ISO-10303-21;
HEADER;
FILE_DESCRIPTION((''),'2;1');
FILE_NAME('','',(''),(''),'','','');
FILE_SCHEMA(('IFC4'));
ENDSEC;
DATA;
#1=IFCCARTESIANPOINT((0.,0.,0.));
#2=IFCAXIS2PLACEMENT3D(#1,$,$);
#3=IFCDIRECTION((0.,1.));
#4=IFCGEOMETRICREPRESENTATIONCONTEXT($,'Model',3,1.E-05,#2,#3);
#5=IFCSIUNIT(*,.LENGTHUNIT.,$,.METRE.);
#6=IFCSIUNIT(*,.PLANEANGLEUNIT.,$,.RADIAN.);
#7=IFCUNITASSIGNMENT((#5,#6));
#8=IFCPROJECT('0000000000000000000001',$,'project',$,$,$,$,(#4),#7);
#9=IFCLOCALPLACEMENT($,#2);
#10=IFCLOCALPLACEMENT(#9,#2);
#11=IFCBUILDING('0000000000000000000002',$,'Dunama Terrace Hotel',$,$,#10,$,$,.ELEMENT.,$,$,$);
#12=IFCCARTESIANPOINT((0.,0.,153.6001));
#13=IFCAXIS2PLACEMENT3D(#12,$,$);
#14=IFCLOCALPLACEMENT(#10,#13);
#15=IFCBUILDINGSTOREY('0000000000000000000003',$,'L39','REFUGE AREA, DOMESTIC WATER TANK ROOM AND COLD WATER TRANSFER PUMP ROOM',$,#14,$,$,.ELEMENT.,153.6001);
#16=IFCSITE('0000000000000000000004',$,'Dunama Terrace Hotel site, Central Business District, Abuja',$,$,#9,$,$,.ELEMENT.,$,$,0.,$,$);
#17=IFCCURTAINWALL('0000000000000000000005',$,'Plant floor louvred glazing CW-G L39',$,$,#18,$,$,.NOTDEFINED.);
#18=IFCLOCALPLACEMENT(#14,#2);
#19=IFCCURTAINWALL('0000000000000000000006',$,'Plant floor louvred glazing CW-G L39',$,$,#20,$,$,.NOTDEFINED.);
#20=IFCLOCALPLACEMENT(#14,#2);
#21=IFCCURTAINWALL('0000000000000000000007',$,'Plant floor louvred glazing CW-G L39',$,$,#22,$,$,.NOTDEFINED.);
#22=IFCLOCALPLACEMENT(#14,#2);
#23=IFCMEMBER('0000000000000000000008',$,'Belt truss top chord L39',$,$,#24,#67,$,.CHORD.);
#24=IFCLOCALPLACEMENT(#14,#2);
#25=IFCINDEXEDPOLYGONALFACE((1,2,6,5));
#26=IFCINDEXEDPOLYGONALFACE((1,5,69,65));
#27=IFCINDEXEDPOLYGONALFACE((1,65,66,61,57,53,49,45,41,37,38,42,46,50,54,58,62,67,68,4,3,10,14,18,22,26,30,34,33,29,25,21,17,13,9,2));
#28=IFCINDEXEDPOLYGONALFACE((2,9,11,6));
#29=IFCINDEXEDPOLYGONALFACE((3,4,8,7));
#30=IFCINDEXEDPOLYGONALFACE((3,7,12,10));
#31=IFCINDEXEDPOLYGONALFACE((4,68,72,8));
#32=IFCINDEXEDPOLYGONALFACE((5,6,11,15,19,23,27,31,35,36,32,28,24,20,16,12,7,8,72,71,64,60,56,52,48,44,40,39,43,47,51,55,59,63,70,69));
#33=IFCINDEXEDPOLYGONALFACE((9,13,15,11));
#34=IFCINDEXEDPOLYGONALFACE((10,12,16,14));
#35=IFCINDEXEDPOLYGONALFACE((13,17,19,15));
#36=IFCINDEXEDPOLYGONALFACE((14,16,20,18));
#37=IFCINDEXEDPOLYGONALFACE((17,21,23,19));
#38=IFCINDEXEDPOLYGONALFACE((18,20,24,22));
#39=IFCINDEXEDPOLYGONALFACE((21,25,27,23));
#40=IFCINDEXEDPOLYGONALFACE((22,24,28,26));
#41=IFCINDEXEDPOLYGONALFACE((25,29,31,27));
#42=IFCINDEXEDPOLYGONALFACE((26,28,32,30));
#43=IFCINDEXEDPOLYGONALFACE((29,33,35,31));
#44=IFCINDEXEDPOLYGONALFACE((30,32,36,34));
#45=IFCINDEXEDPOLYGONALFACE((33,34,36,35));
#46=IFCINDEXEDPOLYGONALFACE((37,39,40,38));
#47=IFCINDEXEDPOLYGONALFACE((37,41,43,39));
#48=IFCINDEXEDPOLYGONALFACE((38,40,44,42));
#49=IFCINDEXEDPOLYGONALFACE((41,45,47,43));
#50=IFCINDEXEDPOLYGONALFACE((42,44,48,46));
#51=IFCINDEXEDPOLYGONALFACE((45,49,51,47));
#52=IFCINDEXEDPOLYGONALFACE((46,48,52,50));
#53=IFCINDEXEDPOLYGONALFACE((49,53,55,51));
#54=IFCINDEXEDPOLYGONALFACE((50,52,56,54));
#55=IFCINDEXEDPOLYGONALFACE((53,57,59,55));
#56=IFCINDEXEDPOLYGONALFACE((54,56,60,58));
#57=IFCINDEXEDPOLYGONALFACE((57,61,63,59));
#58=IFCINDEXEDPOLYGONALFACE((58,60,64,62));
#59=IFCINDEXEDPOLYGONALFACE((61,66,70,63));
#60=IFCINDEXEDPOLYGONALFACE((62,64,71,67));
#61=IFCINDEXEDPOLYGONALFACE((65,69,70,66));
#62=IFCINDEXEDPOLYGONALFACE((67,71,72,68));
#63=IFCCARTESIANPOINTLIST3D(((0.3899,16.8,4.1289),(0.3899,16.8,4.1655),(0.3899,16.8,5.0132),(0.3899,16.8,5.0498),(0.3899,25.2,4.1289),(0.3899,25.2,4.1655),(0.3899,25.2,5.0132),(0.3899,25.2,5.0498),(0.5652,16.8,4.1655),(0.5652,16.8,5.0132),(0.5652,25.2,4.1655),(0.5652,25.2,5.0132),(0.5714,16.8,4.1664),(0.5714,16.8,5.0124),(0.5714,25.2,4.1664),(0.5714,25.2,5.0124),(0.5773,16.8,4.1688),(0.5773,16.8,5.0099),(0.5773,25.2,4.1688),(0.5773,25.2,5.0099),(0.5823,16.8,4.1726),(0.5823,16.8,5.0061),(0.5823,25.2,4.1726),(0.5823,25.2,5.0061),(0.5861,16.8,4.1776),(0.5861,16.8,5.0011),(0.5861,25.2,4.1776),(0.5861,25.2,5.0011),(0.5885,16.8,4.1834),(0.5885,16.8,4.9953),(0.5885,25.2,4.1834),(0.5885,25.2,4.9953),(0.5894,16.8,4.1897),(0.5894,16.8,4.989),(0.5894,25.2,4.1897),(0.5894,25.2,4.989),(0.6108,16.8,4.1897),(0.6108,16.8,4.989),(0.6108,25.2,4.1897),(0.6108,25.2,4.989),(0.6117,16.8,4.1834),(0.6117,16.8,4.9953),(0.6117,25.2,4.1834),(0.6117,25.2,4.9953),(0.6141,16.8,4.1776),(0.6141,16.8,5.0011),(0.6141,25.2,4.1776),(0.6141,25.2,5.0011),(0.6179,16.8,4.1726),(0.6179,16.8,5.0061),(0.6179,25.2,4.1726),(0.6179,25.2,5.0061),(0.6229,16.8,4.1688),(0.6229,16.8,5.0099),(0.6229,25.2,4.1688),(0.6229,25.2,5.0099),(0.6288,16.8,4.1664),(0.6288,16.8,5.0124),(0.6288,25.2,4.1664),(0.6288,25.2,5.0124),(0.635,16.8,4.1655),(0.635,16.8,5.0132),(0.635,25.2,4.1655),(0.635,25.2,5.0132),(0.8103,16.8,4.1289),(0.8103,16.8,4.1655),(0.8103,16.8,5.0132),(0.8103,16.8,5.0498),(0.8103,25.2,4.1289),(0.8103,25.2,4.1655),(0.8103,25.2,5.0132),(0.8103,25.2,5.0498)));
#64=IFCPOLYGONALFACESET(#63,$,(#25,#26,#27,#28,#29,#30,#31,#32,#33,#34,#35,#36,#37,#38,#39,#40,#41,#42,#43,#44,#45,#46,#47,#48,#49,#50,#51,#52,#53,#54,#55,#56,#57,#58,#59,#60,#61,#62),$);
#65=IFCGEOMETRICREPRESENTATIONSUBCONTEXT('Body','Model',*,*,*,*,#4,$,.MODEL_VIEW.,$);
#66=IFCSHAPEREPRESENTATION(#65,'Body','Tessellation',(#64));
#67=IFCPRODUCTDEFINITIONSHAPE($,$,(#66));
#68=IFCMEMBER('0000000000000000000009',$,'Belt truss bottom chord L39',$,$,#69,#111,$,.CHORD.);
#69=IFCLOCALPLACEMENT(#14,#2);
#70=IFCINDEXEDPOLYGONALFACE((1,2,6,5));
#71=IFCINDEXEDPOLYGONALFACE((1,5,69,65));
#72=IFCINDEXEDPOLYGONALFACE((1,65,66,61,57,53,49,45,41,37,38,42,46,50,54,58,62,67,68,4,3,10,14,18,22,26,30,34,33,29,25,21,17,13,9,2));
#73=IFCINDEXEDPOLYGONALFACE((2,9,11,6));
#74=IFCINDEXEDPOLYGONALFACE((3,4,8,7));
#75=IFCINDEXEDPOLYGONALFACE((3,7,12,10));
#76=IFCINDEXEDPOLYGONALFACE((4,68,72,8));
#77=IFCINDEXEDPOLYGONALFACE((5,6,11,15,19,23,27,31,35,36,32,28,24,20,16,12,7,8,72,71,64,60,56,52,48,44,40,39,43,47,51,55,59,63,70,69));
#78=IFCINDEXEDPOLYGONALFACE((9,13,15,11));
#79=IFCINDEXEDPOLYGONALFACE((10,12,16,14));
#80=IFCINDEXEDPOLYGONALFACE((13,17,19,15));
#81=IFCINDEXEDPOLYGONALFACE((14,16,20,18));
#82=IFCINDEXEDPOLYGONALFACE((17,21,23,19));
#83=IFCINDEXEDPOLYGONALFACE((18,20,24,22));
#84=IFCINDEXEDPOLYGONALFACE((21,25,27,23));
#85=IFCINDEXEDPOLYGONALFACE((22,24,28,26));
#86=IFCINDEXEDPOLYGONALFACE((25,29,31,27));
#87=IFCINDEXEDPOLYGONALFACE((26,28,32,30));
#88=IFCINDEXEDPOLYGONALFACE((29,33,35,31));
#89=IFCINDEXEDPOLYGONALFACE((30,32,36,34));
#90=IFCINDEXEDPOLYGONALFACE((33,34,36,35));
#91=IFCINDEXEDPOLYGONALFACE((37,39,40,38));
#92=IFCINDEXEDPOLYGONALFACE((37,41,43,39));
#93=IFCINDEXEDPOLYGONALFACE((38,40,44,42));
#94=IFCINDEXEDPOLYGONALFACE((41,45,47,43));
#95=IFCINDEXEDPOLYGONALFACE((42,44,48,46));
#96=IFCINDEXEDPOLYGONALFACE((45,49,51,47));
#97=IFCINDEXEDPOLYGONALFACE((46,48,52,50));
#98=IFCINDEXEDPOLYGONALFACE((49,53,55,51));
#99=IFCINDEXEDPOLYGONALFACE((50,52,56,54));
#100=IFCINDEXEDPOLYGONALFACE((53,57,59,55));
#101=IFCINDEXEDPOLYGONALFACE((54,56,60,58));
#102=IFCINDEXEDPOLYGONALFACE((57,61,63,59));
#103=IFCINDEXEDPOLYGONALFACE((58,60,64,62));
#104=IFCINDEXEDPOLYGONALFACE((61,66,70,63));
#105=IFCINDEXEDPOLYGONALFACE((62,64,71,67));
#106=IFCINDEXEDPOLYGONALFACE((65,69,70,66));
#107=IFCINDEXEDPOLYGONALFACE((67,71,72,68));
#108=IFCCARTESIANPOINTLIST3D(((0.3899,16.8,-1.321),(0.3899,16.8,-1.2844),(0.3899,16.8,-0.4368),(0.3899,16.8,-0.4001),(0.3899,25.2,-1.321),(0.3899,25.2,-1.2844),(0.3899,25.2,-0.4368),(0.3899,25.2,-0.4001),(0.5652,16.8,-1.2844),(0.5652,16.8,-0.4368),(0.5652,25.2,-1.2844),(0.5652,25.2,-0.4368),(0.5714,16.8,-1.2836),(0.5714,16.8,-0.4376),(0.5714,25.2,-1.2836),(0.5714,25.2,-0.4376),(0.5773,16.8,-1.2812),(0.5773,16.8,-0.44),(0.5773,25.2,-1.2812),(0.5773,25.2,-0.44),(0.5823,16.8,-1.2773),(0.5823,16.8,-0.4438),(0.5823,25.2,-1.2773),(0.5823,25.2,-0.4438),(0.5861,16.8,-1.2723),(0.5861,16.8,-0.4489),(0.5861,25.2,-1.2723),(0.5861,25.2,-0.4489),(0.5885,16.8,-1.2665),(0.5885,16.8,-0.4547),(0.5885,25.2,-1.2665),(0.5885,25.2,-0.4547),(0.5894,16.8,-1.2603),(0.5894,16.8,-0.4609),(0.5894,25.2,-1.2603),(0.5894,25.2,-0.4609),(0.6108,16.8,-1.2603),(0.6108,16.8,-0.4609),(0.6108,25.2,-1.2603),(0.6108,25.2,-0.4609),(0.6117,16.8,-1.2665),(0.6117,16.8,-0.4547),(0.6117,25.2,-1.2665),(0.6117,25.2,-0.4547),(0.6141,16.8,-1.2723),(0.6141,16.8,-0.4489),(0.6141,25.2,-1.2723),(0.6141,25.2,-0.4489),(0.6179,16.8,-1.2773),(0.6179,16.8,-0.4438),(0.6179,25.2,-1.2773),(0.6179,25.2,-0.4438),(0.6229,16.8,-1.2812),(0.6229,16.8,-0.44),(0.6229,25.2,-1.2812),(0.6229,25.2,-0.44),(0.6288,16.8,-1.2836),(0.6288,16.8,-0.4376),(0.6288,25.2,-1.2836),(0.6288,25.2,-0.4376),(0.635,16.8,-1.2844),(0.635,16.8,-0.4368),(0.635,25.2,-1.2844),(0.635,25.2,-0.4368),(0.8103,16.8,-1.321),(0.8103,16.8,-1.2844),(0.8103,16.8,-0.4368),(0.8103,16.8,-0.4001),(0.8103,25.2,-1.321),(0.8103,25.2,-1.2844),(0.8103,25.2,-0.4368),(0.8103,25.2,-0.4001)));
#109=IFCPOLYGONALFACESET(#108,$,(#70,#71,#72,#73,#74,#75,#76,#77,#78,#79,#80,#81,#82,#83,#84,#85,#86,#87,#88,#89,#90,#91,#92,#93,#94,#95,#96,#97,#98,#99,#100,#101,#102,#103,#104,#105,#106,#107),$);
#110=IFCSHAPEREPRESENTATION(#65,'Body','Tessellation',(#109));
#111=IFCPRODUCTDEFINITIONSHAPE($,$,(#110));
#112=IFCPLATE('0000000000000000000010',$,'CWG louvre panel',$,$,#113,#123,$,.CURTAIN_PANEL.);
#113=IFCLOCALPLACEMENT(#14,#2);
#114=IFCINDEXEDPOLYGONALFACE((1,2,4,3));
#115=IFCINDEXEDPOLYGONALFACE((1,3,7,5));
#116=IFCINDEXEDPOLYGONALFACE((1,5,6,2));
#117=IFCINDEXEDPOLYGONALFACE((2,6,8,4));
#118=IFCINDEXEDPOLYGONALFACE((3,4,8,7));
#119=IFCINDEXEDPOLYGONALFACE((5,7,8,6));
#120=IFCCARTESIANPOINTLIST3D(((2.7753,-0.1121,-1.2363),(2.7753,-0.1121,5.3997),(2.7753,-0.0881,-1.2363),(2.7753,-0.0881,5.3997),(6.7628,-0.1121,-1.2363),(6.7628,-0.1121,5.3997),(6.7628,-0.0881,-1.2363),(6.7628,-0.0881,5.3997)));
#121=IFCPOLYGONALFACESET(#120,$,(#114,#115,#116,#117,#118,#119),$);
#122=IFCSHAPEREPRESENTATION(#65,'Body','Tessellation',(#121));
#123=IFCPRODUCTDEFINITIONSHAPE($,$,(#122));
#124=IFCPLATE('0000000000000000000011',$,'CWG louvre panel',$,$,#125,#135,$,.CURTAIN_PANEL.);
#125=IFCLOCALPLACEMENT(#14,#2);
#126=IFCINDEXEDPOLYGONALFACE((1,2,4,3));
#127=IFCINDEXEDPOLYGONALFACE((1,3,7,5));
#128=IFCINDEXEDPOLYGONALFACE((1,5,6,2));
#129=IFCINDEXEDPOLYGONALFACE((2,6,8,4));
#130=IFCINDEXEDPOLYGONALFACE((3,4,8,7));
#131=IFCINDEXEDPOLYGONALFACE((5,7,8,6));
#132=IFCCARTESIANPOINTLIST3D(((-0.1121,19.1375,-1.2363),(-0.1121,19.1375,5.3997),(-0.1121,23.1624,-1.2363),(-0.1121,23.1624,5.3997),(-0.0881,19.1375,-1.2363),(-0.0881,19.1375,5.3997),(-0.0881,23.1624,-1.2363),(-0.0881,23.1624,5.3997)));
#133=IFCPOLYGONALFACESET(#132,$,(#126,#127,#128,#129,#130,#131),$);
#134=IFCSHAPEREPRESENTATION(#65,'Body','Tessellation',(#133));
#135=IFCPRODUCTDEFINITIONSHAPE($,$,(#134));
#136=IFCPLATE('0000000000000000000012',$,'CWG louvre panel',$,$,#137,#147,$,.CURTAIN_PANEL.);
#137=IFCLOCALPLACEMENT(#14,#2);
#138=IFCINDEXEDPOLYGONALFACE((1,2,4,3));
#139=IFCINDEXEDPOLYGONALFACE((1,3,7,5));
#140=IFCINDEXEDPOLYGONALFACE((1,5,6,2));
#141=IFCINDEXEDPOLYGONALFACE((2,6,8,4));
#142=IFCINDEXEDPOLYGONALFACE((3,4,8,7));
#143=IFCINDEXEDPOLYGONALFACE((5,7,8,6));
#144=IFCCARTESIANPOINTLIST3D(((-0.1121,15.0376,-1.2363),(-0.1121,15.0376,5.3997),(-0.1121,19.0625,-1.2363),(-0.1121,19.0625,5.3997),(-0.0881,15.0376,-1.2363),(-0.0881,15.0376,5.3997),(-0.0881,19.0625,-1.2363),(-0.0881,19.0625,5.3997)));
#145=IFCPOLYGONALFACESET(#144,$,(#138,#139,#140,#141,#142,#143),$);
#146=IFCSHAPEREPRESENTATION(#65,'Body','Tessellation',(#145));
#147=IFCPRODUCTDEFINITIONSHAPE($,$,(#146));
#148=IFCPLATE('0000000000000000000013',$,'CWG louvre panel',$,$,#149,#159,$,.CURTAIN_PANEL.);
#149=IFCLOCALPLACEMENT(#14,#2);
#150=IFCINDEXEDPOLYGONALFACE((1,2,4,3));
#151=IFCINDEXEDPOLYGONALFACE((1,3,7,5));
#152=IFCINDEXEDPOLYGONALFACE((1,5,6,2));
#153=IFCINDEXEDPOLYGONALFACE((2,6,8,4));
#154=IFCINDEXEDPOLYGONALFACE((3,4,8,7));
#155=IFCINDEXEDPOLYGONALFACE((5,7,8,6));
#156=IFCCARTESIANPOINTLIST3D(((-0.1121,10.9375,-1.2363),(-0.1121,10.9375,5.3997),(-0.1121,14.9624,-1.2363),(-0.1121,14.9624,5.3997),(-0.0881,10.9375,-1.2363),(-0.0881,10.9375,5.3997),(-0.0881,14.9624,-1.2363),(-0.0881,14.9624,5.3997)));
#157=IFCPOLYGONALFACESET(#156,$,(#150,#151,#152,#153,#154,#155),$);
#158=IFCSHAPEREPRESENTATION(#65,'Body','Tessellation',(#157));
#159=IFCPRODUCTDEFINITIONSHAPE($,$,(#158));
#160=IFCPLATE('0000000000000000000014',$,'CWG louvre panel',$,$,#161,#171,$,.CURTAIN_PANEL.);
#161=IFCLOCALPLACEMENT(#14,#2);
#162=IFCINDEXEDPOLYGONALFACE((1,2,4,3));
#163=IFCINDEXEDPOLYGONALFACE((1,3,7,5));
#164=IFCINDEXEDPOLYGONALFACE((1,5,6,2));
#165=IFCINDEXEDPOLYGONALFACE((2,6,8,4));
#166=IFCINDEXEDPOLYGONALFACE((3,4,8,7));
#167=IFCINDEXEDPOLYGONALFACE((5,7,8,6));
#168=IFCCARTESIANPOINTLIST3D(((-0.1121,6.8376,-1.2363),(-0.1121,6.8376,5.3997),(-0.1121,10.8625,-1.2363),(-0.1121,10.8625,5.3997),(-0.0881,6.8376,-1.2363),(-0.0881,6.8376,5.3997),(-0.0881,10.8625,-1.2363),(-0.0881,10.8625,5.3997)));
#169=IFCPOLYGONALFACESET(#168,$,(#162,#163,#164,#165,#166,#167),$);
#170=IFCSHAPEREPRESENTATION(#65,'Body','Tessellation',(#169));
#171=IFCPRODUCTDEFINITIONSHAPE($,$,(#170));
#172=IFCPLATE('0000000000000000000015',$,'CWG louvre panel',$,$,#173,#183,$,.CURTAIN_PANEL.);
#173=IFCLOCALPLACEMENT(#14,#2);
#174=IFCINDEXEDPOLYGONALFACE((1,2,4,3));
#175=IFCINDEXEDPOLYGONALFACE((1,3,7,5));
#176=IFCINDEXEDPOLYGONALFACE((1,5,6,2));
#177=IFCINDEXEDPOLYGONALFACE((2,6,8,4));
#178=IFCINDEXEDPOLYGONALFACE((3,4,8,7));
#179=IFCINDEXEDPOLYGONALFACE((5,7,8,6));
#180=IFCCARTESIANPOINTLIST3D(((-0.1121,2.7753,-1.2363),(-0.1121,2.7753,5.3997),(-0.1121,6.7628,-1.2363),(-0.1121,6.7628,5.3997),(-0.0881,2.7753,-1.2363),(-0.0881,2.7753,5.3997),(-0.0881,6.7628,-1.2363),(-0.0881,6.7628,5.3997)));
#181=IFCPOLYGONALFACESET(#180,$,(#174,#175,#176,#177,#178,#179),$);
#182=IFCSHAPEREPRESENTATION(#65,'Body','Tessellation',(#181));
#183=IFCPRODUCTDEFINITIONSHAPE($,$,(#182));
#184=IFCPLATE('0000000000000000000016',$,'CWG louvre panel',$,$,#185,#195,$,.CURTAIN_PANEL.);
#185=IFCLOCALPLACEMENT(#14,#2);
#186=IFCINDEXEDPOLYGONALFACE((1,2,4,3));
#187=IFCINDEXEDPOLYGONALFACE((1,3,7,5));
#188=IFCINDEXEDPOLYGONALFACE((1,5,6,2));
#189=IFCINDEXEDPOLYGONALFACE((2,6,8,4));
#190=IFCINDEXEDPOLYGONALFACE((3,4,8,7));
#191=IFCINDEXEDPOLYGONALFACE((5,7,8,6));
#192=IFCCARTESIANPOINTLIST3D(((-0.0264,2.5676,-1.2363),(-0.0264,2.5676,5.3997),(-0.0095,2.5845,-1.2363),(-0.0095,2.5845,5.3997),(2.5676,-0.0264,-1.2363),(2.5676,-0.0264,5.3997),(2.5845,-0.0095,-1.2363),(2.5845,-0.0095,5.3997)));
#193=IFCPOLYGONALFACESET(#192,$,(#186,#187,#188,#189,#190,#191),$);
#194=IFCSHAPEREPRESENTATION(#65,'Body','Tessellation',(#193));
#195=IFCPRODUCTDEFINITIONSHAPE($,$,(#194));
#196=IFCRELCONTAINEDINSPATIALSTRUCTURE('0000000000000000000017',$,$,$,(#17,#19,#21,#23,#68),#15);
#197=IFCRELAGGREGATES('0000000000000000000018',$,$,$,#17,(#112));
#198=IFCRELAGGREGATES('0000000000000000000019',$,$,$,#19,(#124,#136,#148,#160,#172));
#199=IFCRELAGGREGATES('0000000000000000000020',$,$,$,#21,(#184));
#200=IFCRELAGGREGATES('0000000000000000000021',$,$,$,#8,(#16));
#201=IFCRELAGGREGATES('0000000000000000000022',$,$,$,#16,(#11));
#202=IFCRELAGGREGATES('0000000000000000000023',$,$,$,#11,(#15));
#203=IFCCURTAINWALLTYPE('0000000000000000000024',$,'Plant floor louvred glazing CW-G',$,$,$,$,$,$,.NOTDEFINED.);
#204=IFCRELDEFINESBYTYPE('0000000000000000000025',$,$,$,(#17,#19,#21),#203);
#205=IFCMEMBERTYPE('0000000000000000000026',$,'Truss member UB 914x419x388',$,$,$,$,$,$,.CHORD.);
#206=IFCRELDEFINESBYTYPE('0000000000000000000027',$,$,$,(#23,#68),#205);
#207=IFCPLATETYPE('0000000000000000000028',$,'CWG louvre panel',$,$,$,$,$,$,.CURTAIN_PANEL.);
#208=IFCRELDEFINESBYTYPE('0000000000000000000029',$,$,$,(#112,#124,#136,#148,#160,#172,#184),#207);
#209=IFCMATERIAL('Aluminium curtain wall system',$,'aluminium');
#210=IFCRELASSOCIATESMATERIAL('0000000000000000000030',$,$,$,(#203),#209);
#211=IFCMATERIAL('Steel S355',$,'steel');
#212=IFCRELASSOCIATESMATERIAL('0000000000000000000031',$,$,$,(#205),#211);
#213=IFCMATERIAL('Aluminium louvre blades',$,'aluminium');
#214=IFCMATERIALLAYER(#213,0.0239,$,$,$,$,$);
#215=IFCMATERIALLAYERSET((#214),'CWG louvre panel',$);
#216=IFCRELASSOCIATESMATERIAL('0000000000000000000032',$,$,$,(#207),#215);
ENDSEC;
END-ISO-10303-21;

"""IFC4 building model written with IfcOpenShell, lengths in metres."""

from ifc_helpers import new_model, si_unit, direction, frame, origin, origin_2d, place, context, subcontext, project, spatial, rectangle, i_section, extrude, material, layer, layer_set, material_profile, profile_set, type_object, element, aggregate, save


model = new_model("IFC4")

# Units and contexts
model_context = context("Model", 3, precision=1e-05, world=origin(), true_north=direction((0.0, 1.0)))
body_context = subcontext(model_context, "Body", "Model", "MODEL_VIEW")
ifc_project = project(units=[si_unit("LENGTHUNIT", "METRE"), si_unit("PLANEANGLEUNIT", "RADIAN")], contexts=[model_context])

# Site, building, storey
site_placement = place(None, origin())
site = spatial("IfcSite", under=ifc_project, at=site_placement, Name="Dunama Terrace Hotel site, Central Business District, Abuja", CompositionType="ELEMENT", RefElevation=0.0)
building_placement = place(site_placement, origin())
building = spatial("IfcBuilding", under=site, at=building_placement, Name="Dunama Terrace Hotel", CompositionType="ELEMENT")
storey_placement = place(building_placement, frame((0.0, 0.0, 153.6001)))
storey = spatial("IfcBuildingStorey", under=building, at=storey_placement, Name="L39", Description="REFUGE AREA, DOMESTIC WATER TANK ROOM AND COLD WATER TRANSFER PUMP ROOM", CompositionType="ELEMENT", Elevation=153.6001)

# Curtain wall
ifc_material_1 = material(Name="Aluminium curtain wall system", Category="aluminium")
curtain_wall_type = type_object("IfcCurtainWallType", Name="Plant floor louvred glazing CW-G", PredefinedType="NOTDEFINED", material=ifc_material_1)
curtain_wall_1_placement = place(storey_placement, origin())
curtain_wall_1 = element("IfcCurtainWall", 1, at=curtain_wall_1_placement, inside=storey, type_object=curtain_wall_type, Name="Plant floor louvred glazing CW-G L39", PredefinedType="NOTDEFINED")

# Curtain walls
curtain_wall_2_placement = place(storey_placement, origin())
curtain_wall_2 = element("IfcCurtainWall", 2, at=curtain_wall_2_placement, inside=storey, type_object=curtain_wall_type, Name="Plant floor louvred glazing CW-G L39", PredefinedType="NOTDEFINED")
curtain_wall_3_placement = place(storey_placement, origin())
curtain_wall_3 = element("IfcCurtainWall", 3, at=curtain_wall_3_placement, inside=storey, type_object=curtain_wall_type, Name="Plant floor louvred glazing CW-G L39", PredefinedType="NOTDEFINED")

# Members
ifc_material_2 = material(Name="Steel S355", Category="steel")
ifc_material_profile_1 = material_profile(ifc_material_2, i_section(OverallWidth=0.4204, OverallDepth=0.9209, WebThickness=0.0215, FlangeThickness=0.0366, FilletRadius=0.0242, at=origin_2d()), Name="UB 914x419x388")
ifc_profile_set_1 = profile_set([ifc_material_profile_1], Name="Steel S355")
member_type_1 = type_object("IfcMemberType", Name="Truss member UB 914x419x388", PredefinedType="CHORD", material=ifc_profile_set_1)
for number, where, z_axis, x_axis, name in (
    (4, (0.6001, 16.8, 4.5894), (0.0, 1.0, 0.0), (-1.0, 0.0, 0.0), "Belt truss top chord L39"),
    (5, (0.6001, 16.8, -0.8606), (0.0, 1.0, 0.0), (-1.0, 0.0, 0.0), "Belt truss bottom chord L39"),
):
    element("IfcMember", number, at=place(storey_placement, frame(where, z_axis=z_axis, x_axis=x_axis)), inside=storey, type_object=member_type_1, Name=name, PredefinedType="CHORD", context=body_context, shape_type="SweptSolid", body=[
        extrude(i_section(OverallWidth=0.4204, OverallDepth=0.9209, WebThickness=0.0215, FlangeThickness=0.0366, FilletRadius=0.0242, at=origin_2d()), origin(), (0.0, 0.0, 1.0), 8.3999),
    ])

# Plates
ifc_material_3 = material(Name="Aluminium louvre blades", Category="aluminium")
ifc_layer_1 = layer(ifc_material_3, 0.0239)
ifc_layer_set_1 = layer_set([ifc_layer_1], Name="CWG louvre panel")
plate_type = type_object("IfcPlateType", Name="CWG louvre panel", PredefinedType="CURTAIN_PANEL", material=ifc_layer_set_1)
plate_1_placement = place(storey_placement, frame((4.769, -0.1001, -1.2363), z_axis=(0.0, 0.0, 1.0), x_axis=(1.0, 0.0, 0.0)))
plate_1 = element("IfcPlate", 6, at=plate_1_placement, type_object=plate_type, Name="CWG louvre panel", PredefinedType="CURTAIN_PANEL", context=body_context, shape_type="SweptSolid", body=[
    extrude(rectangle(XDim=3.9875, YDim=0.0239, at=origin_2d()), origin(), (0.0, 0.0, 1.0), 6.636),
])
aggregate(curtain_wall_1, [plate_1])
plate_2_placement = place(storey_placement, frame((-0.1001, 21.1499, -1.2363), z_axis=(0.0, 0.0, 1.0), x_axis=(0.0, -1.0, 0.0)))
plate_2 = element("IfcPlate", 7, at=plate_2_placement, type_object=plate_type, Name="CWG louvre panel", PredefinedType="CURTAIN_PANEL", context=body_context, shape_type="SweptSolid", body=[
    extrude(rectangle(XDim=4.0249, YDim=0.0239, at=origin_2d()), origin(), (0.0, 0.0, 1.0), 6.636),
])
plate_3_placement = place(storey_placement, frame((-0.1001, 17.05, -1.2363), z_axis=(0.0, 0.0, 1.0), x_axis=(0.0, -1.0, 0.0)))
plate_3 = element("IfcPlate", 8, at=plate_3_placement, type_object=plate_type, Name="CWG louvre panel", PredefinedType="CURTAIN_PANEL", context=body_context, shape_type="SweptSolid", body=[
    extrude(rectangle(XDim=4.0249, YDim=0.0239, at=origin_2d()), origin(), (0.0, 0.0, 1.0), 6.636),
])
plate_4_placement = place(storey_placement, frame((-0.1001, 12.95, -1.2363), z_axis=(0.0, 0.0, 1.0), x_axis=(0.0, -1.0, 0.0)))
plate_4 = element("IfcPlate", 9, at=plate_4_placement, type_object=plate_type, Name="CWG louvre panel", PredefinedType="CURTAIN_PANEL", context=body_context, shape_type="SweptSolid", body=[
    extrude(rectangle(XDim=4.0249, YDim=0.0239, at=origin_2d()), origin(), (0.0, 0.0, 1.0), 6.636),
])
plate_5_placement = place(storey_placement, frame((-0.1001, 8.8501, -1.2363), z_axis=(0.0, 0.0, 1.0), x_axis=(0.0, -1.0, 0.0)))
plate_5 = element("IfcPlate", 10, at=plate_5_placement, type_object=plate_type, Name="CWG louvre panel", PredefinedType="CURTAIN_PANEL", context=body_context, shape_type="SweptSolid", body=[
    extrude(rectangle(XDim=4.0249, YDim=0.0239, at=origin_2d()), origin(), (0.0, 0.0, 1.0), 6.636),
])
plate_6_placement = place(storey_placement, frame((-0.1001, 4.769, -1.2363), z_axis=(0.0, 0.0, 1.0), x_axis=(0.0, -1.0, 0.0)))
plate_6 = element("IfcPlate", 11, at=plate_6_placement, type_object=plate_type, Name="CWG louvre panel", PredefinedType="CURTAIN_PANEL", context=body_context, shape_type="SweptSolid", body=[
    extrude(rectangle(XDim=3.9875, YDim=0.0239, at=origin_2d()), origin(), (0.0, 0.0, 1.0), 6.636),
])
aggregate(curtain_wall_2, [plate_2, plate_3, plate_4, plate_5, plate_6])
plate_7_placement = place(storey_placement, frame((1.2791, 1.2791, -1.2363), z_axis=(0.0, 0.0, 1.0), x_axis=(0.707107, -0.707107, 0.0)))
plate_7 = element("IfcPlate", 12, at=plate_7_placement, type_object=plate_type, Name="CWG louvre panel", PredefinedType="CURTAIN_PANEL", context=body_context, shape_type="SweptSolid", body=[
    extrude(rectangle(XDim=3.6685, YDim=0.0239, at=origin_2d()), origin(), (0.0, 0.0, 1.0), 6.636),
])
aggregate(curtain_wall_3, [plate_7])

save(model, "model.ifc")
